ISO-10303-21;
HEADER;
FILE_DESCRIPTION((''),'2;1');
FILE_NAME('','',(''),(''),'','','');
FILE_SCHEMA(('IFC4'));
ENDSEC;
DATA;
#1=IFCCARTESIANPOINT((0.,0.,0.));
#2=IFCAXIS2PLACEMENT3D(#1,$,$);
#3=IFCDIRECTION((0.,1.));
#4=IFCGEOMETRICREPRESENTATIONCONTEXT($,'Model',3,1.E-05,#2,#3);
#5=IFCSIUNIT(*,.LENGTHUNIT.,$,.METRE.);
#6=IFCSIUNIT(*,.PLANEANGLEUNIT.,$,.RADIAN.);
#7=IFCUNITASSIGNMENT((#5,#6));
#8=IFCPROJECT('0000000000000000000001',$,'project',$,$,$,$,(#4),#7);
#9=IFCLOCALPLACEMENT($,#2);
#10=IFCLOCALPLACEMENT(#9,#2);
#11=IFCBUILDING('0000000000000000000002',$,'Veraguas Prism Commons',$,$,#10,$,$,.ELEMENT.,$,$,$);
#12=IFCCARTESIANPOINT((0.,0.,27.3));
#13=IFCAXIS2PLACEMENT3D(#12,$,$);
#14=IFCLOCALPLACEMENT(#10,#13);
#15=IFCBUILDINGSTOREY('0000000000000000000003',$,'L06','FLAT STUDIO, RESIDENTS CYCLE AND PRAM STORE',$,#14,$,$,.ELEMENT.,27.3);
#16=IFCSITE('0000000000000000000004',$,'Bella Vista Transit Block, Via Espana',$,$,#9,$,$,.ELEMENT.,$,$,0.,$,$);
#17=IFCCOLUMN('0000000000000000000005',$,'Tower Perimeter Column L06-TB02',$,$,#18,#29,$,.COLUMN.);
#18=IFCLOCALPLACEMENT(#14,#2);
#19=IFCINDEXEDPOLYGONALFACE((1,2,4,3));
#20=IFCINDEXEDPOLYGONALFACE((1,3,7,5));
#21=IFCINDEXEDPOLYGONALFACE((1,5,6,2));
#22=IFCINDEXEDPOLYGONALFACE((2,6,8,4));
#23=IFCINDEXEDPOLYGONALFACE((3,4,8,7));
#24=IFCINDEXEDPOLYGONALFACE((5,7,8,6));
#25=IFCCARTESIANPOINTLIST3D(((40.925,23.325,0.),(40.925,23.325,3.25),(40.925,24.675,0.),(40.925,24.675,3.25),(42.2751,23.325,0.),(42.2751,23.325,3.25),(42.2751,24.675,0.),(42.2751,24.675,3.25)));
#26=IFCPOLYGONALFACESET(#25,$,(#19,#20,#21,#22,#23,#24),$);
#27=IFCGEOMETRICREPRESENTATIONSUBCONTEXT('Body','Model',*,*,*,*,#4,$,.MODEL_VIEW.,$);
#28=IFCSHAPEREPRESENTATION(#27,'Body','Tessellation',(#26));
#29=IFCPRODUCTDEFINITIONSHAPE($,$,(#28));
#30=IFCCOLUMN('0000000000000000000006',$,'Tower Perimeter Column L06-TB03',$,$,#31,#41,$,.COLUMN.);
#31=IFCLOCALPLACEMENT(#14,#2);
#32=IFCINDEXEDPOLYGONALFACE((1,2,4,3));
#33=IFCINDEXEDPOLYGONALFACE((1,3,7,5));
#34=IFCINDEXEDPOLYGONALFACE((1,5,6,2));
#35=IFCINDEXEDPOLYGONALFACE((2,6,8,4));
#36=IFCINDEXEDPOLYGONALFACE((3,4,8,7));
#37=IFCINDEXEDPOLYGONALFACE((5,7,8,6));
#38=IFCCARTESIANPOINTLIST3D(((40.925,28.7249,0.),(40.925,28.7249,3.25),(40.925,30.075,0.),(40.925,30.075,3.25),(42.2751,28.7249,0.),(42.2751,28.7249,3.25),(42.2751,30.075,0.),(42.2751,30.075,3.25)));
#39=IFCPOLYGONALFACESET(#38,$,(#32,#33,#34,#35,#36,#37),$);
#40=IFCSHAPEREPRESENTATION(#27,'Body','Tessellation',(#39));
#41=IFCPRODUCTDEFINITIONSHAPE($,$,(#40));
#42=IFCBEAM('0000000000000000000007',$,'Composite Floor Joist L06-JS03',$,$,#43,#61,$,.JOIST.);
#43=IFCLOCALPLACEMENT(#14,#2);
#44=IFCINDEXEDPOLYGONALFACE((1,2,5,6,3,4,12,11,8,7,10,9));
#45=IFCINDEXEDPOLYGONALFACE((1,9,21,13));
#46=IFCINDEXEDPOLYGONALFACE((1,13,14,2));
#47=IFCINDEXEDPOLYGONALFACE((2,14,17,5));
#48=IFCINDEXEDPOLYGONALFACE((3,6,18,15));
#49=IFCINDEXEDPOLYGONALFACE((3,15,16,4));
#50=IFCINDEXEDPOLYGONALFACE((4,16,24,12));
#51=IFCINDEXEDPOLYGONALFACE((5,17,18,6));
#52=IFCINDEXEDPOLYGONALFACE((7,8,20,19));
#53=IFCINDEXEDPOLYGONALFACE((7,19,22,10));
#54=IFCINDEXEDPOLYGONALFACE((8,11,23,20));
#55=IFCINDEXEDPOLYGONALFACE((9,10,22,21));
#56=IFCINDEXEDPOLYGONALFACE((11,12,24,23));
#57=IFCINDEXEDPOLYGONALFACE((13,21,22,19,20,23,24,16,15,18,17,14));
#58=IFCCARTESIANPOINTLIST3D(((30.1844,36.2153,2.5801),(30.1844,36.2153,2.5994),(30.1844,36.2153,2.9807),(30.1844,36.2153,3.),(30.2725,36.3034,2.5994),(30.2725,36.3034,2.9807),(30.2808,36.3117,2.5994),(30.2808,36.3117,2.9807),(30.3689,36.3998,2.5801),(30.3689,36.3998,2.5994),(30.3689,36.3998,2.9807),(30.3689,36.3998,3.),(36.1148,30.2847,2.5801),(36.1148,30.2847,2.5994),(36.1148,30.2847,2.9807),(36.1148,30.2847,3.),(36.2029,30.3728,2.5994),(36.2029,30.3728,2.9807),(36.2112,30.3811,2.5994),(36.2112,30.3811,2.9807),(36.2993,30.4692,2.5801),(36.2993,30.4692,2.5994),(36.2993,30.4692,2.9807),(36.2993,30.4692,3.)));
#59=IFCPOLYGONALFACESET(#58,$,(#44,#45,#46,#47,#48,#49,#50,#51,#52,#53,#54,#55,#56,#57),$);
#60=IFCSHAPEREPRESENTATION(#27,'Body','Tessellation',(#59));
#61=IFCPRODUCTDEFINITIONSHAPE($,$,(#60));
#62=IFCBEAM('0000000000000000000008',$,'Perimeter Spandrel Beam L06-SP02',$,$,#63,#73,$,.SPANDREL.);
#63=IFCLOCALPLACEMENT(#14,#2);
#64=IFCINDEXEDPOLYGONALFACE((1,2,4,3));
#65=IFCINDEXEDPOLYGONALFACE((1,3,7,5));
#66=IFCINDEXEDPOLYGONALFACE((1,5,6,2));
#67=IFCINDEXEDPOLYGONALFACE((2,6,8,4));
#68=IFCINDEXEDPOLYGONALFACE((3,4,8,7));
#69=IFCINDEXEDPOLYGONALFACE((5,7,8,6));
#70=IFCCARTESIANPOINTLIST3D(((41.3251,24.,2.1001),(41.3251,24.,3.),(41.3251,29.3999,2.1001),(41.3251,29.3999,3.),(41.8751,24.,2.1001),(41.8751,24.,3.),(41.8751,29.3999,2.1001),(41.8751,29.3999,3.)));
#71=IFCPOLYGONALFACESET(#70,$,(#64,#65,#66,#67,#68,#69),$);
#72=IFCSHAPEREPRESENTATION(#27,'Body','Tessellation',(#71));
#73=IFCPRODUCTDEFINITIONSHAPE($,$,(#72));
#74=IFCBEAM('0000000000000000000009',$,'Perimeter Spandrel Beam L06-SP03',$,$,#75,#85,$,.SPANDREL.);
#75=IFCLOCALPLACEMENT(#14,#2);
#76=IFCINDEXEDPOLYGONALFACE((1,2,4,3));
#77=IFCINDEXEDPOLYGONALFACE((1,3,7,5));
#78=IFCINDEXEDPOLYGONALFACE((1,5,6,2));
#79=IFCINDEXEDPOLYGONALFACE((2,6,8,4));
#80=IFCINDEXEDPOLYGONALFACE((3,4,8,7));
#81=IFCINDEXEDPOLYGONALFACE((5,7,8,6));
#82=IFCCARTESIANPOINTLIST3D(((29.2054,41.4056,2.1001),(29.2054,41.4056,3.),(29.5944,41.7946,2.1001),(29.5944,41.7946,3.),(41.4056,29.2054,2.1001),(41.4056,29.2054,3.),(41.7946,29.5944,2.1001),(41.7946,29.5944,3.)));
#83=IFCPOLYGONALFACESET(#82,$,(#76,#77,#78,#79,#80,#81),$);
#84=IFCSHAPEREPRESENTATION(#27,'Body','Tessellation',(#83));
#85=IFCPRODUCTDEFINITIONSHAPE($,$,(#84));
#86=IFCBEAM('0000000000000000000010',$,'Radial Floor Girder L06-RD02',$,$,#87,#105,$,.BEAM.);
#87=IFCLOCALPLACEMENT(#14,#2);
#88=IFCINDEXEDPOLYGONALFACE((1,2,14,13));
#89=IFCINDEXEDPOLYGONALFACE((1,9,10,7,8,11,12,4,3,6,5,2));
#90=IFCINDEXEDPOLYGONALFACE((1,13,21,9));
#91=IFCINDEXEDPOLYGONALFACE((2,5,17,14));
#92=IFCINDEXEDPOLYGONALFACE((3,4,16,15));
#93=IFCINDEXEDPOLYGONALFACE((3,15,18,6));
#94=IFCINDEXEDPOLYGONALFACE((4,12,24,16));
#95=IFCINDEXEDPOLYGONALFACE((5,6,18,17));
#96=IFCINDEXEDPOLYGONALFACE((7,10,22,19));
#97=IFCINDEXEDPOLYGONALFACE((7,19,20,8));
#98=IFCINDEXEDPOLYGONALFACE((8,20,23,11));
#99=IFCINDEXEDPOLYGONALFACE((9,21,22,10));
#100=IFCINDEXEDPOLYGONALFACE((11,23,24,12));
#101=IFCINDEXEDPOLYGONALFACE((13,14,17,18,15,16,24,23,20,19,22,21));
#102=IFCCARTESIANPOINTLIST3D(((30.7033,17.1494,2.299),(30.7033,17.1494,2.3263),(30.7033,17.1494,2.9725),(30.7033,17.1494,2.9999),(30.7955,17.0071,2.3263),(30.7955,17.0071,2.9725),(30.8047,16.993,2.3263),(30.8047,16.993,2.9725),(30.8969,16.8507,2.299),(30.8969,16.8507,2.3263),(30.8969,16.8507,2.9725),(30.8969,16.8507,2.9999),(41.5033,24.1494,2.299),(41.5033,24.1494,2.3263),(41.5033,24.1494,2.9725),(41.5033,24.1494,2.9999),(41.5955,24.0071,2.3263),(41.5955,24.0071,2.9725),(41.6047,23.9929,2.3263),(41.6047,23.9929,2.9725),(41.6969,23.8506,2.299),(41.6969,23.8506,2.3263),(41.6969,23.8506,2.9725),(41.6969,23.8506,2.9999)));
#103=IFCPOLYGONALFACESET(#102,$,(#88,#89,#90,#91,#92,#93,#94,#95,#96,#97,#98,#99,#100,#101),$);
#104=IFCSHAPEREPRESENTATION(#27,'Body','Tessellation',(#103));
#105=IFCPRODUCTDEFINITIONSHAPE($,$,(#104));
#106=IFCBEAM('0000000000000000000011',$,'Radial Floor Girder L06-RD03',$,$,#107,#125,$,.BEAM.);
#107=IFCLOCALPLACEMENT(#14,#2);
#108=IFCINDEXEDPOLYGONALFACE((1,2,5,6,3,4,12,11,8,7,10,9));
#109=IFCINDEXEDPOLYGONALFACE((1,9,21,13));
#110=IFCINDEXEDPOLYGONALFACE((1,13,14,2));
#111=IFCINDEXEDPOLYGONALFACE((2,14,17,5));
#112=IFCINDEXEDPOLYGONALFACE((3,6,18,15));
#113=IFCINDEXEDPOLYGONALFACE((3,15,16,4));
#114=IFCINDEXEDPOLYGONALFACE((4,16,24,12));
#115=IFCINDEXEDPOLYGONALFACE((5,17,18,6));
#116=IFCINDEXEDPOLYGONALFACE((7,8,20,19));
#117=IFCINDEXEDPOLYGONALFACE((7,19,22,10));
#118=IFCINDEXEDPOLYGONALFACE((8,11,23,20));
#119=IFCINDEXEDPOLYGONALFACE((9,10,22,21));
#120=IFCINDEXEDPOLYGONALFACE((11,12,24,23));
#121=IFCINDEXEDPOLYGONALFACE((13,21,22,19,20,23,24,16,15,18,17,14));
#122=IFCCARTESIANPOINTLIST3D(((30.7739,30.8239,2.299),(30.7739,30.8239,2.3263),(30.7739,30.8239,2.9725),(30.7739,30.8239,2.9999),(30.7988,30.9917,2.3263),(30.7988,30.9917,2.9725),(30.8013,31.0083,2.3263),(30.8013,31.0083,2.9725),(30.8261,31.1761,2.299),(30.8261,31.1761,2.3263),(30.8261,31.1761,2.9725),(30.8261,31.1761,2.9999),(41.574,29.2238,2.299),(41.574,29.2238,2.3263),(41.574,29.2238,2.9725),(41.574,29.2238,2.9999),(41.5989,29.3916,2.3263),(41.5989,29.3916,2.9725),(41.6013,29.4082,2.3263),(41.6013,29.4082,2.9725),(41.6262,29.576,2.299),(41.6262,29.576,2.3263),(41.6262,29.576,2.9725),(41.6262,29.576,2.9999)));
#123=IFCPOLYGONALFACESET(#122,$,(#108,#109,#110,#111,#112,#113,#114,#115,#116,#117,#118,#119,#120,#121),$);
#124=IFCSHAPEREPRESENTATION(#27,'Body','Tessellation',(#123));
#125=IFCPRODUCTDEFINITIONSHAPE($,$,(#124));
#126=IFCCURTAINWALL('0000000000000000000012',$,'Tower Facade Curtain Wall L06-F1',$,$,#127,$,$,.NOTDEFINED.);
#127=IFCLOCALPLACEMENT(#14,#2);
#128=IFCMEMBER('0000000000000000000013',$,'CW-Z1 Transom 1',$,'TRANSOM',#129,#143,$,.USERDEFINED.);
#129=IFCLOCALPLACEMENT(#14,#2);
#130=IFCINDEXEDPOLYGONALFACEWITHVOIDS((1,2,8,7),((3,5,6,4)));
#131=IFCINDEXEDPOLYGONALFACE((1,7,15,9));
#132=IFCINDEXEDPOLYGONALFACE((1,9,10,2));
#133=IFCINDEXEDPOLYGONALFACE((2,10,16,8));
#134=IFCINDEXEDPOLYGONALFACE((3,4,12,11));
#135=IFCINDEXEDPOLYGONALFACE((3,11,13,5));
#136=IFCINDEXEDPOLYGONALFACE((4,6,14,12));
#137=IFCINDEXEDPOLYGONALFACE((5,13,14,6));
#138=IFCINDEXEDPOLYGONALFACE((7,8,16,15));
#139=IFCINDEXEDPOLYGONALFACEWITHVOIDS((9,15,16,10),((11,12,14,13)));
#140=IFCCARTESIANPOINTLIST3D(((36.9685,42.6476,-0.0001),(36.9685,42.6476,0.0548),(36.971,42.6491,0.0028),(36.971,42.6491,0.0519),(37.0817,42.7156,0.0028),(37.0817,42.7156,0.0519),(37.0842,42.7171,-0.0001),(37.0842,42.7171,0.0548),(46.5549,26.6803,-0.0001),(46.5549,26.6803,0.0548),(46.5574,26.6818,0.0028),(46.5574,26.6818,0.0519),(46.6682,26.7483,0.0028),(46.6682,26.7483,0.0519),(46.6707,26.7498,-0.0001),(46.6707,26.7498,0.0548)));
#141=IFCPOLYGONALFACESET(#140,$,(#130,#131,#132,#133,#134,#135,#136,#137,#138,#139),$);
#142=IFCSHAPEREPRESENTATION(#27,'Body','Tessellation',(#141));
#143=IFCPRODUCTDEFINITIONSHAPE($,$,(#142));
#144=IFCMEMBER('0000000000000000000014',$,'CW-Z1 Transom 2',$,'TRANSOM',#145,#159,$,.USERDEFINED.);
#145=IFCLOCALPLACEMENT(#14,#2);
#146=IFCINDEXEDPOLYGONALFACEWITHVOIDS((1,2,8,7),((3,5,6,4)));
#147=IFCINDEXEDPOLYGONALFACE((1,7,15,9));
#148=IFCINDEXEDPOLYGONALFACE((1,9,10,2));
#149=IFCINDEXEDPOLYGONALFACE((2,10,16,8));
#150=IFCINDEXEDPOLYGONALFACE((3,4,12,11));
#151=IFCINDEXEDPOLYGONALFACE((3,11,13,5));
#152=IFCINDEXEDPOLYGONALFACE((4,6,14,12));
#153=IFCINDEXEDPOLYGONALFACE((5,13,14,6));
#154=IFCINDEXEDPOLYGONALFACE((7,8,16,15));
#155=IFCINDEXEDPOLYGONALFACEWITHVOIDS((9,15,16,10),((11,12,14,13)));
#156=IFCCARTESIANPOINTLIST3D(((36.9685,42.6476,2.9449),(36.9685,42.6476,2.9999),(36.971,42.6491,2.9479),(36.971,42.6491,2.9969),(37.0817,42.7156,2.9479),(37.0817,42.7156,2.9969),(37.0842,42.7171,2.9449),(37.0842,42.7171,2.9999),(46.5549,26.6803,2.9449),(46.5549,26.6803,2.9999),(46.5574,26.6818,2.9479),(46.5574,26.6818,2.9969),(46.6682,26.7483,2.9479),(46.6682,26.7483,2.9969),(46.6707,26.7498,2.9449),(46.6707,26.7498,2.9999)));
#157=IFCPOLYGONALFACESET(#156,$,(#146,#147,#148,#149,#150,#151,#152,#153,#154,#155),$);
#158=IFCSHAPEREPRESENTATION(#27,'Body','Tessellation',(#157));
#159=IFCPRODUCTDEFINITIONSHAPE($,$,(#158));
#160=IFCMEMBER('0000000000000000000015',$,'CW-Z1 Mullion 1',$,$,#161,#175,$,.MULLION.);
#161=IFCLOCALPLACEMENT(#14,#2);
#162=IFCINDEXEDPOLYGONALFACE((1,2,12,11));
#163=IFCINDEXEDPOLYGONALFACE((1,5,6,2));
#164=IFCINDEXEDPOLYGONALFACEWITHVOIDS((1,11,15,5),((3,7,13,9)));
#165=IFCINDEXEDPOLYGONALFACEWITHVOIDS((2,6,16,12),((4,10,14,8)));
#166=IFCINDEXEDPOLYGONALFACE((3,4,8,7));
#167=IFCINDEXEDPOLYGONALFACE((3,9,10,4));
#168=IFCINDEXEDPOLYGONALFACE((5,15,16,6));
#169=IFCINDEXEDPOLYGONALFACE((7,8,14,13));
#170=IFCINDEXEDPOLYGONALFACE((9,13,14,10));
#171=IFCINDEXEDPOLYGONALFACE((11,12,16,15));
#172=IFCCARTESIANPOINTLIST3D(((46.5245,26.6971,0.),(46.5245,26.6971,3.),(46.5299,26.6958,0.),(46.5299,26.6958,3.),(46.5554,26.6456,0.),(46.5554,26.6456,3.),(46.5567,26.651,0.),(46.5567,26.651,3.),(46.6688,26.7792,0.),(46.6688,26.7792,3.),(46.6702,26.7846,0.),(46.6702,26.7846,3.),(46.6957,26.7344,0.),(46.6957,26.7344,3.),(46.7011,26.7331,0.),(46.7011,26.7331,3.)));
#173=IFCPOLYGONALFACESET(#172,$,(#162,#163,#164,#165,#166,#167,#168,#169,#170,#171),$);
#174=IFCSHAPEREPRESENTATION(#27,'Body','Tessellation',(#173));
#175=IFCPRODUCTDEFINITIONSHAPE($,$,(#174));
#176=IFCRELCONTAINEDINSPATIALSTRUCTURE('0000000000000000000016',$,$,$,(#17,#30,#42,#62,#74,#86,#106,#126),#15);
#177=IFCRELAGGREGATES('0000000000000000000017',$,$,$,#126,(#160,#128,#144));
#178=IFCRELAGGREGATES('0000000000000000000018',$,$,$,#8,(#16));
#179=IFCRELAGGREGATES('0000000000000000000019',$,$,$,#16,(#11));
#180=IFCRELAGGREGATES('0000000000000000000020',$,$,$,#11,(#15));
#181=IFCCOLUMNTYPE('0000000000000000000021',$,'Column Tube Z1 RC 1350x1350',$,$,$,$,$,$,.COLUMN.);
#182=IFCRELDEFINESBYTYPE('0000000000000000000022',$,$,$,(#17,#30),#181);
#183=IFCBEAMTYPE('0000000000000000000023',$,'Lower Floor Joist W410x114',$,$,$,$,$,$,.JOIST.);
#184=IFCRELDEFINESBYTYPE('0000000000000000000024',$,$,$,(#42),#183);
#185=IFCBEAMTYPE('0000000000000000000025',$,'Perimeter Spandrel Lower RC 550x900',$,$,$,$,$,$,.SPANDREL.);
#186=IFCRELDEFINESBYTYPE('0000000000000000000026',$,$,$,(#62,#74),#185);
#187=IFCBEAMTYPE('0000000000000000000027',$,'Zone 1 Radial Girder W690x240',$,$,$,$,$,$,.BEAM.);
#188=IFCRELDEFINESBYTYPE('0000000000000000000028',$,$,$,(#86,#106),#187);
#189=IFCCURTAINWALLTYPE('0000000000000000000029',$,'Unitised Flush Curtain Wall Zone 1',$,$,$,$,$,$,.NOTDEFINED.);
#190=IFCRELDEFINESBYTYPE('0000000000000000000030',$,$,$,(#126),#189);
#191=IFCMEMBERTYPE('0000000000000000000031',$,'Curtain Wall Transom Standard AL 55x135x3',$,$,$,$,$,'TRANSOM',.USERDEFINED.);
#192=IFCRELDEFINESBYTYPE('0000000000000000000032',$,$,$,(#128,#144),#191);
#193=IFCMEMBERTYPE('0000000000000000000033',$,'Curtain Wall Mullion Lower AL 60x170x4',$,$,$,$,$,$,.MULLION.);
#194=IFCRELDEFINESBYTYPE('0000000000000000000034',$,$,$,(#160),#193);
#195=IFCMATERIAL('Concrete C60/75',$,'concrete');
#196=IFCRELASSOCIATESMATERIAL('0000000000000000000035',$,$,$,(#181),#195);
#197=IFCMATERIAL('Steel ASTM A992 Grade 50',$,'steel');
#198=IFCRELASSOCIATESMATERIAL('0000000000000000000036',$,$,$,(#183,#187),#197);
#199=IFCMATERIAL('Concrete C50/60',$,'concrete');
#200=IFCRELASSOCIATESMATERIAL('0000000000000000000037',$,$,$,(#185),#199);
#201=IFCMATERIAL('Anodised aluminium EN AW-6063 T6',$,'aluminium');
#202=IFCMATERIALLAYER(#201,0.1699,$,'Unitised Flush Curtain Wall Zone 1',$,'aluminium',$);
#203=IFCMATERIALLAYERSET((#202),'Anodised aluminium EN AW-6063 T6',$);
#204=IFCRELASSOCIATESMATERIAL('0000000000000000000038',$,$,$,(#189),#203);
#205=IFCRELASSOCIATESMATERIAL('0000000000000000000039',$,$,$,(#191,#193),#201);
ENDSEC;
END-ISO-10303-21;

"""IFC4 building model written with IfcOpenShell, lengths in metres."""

from ifc_helpers import new_model, si_unit, direction, frame, origin, origin_2d, place, context, subcontext, project, spatial, rectangle, hollow_rectangle, i_section, extrude, source, transform, mapped, material, layer, layer_set, material_profile, profile_set, type_object, element, aggregate, save


model = new_model("IFC4")

# Units and contexts
model_context = context("Model", 3, precision=1e-05, world=origin(), true_north=direction((0.0, 1.0)))
body_context = subcontext(model_context, "Body", "Model", "MODEL_VIEW")
ifc_project = project(units=[si_unit("LENGTHUNIT", "METRE"), si_unit("PLANEANGLEUNIT", "RADIAN")], contexts=[model_context])

# Site, building, storey
site_placement = place(None, origin())
site = spatial("IfcSite", under=ifc_project, at=site_placement, Name="Bella Vista Transit Block, Via Espana", CompositionType="ELEMENT", RefElevation=0.0)
building_placement = place(site_placement, origin())
building = spatial("IfcBuilding", under=site, at=building_placement, Name="Veraguas Prism Commons", CompositionType="ELEMENT")
storey_placement = place(building_placement, frame((0.0, 0.0, 27.3)))
storey = spatial("IfcBuildingStorey", under=building, at=storey_placement, Name="L06", Description="FLAT STUDIO, RESIDENTS CYCLE AND PRAM STORE", CompositionType="ELEMENT", Elevation=27.3)

# Columns
ifc_material_1 = material(Name="Concrete C60/75", Category="concrete")
ifc_material_profile_1 = material_profile(ifc_material_1, rectangle(XDim=1.3501, YDim=1.3501, at=origin_2d()), Name="RC1350X1350")
ifc_profile_set_1 = profile_set([ifc_material_profile_1], Name="Concrete C60/75")
column_type = type_object("IfcColumnType", Name="Column Tube Z1 RC 1350x1350", PredefinedType="COLUMN", material=ifc_profile_set_1)
for number, where, z_axis, x_axis, name in (
    (1, (41.6001, 24.0, 0.0), (0.0, 0.0, 1.0), (1.0, 0.0, 0.0), "Tower Perimeter Column L06-TB02"),
    (2, (41.6001, 29.3999, 0.0), (0.0, 0.0, 1.0), (1.0, 0.0, 0.0), "Tower Perimeter Column L06-TB03"),
):
    element("IfcColumn", number, at=place(storey_placement, frame(where, z_axis=z_axis, x_axis=x_axis)), inside=storey, type_object=column_type, Name=name, PredefinedType="COLUMN", context=body_context, shape_type="SweptSolid", body=[
        extrude(rectangle(XDim=1.3501, YDim=1.3501, at=origin_2d()), origin(), (0.0, 0.0, 1.0), 3.25),
    ])

# Beams
ifc_material_2 = material(Name="Steel ASTM A992 Grade 50", Category="steel")
ifc_material_profile_2 = material_profile(ifc_material_2, i_section(OverallWidth=0.261, OverallDepth=0.4199, WebThickness=0.0117, FlangeThickness=0.0193, at=origin_2d()), Name="W410X114")
ifc_profile_set_2 = profile_set([ifc_material_profile_2], Name="Steel ASTM A992 Grade 50")
beam_type_1 = type_object("IfcBeamType", Name="Lower Floor Joist W410x114", PredefinedType="JOIST", material=ifc_profile_set_2)
beam_1_placement = place(storey_placement, frame((36.207, 30.377, 2.79), z_axis=(-0.707092, 0.707121, 0.0), x_axis=(-0.707121, -0.707092, 0.0)))
element("IfcBeam", 3, at=beam_1_placement, inside=storey, type_object=beam_type_1, Name="Composite Floor Joist L06-JS03", PredefinedType="JOIST", context=body_context, shape_type="SweptSolid", body=[
    extrude(i_section(OverallWidth=0.261, OverallDepth=0.4199, WebThickness=0.0117, FlangeThickness=0.0193, at=origin_2d()), origin(), (0.0, 0.0, 1.0), 8.387),
])
ifc_material_3 = material(Name="Concrete C50/60", Category="concrete")
ifc_material_profile_3 = material_profile(ifc_material_3, rectangle(XDim=0.55, YDim=0.8999, at=origin_2d()), Name="RC550X900")
ifc_profile_set_3 = profile_set([ifc_material_profile_3], Name="Concrete C50/60")
beam_type_2 = type_object("IfcBeamType", Name="Perimeter Spandrel Lower RC 550x900", PredefinedType="SPANDREL", material=ifc_profile_set_3)
beam_2_placement = place(storey_placement, frame((41.6001, 24.0, 2.55), z_axis=(0.0, 1.0, 0.0), x_axis=(-1.0, 0.0, 0.0)))
element("IfcBeam", 4, at=beam_2_placement, inside=storey, type_object=beam_type_2, Name="Perimeter Spandrel Beam L06-SP02", PredefinedType="SPANDREL", context=body_context, shape_type="SweptSolid", body=[
    extrude(rectangle(XDim=0.55, YDim=0.8999, at=origin_2d()), origin(), (0.0, 0.0, 1.0), 5.3999),
])
beam_3_placement = place(storey_placement, frame((41.6001, 29.3999, 2.55), z_axis=(-0.707107, 0.707107, 0.0), x_axis=(-0.707107, -0.707107, 0.0)))
element("IfcBeam", 5, at=beam_3_placement, inside=storey, type_object=beam_type_2, Name="Perimeter Spandrel Beam L06-SP03", PredefinedType="SPANDREL", context=body_context, shape_type="SweptSolid", body=[
    extrude(rectangle(XDim=0.55, YDim=0.8999, at=origin_2d()), origin(), (0.0, 0.0, 1.0), 17.2537),
])
ifc_material_profile_4 = material_profile(ifc_material_2, i_section(OverallWidth=0.356, OverallDepth=0.7009, WebThickness=0.0168, FlangeThickness=0.0273, at=origin_2d()), Name="W690X240")
ifc_profile_set_4 = profile_set([ifc_material_profile_4], Name="Steel ASTM A992 Grade 50")
beam_type_3 = type_object("IfcBeamType", Name="Zone 1 Radial Girder W690x240", PredefinedType="BEAM", material=ifc_profile_set_4)
beam_4_placement = place(storey_placement, frame((41.6001, 24.0, 2.6494), z_axis=(-0.839154, -0.543894, 0.0), x_axis=(0.543894, -0.839154, 0.0)))
element("IfcBeam", 6, at=beam_4_placement, inside=storey, type_object=beam_type_3, Name="Radial Floor Girder L06-RD02", PredefinedType="BEAM", context=body_context, shape_type="SweptSolid", body=[
    extrude(i_section(OverallWidth=0.356, OverallDepth=0.7009, WebThickness=0.0168, FlangeThickness=0.0273, at=origin_2d()), origin(), (0.0, 0.0, 1.0), 12.8701),
])
beam_5_placement = place(storey_placement, frame((41.6001, 29.3999, 2.6494), z_axis=(-0.989202, 0.146557, 0.0), x_axis=(-0.146557, -0.989202, 0.0)))
element("IfcBeam", 7, at=beam_5_placement, inside=storey, type_object=beam_type_3, Name="Radial Floor Girder L06-RD03", PredefinedType="BEAM", context=body_context, shape_type="SweptSolid", body=[
    extrude(i_section(OverallWidth=0.356, OverallDepth=0.7009, WebThickness=0.0168, FlangeThickness=0.0273, at=origin_2d()), origin(), (0.0, 0.0, 1.0), 10.918),
])

# Curtain wall, members
ifc_material_4 = material(Name="Anodised aluminium EN AW-6063 T6", Category="aluminium")
ifc_layer_1 = layer(ifc_material_4, 0.1699, Name="Unitised Flush Curtain Wall Zone 1", Category="aluminium")
ifc_layer_set_1 = layer_set([ifc_layer_1], Name="Anodised aluminium EN AW-6063 T6")
curtain_wall_type = type_object("IfcCurtainWallType", Name="Unitised Flush Curtain Wall Zone 1", PredefinedType="NOTDEFINED", material=ifc_layer_set_1)
curtain_wall_placement = place(storey_placement, origin())
curtain_wall = element("IfcCurtainWall", 8, at=curtain_wall_placement, inside=storey, type_object=curtain_wall_type, Name="Tower Facade Curtain Wall L06-F1", PredefinedType="NOTDEFINED")
ifc_material_profile_5 = material_profile(ifc_material_4, hollow_rectangle(XDim=0.0549, YDim=0.135, WallThickness=0.0029, at=origin_2d()), Name="AL55X135X3")
ifc_profile_set_5 = profile_set([ifc_material_profile_5], Name="Anodised aluminium EN AW-6063 T6")
member_type_1 = type_object("IfcMemberType", Name="Curtain Wall Transom Standard AL 55x135x3", ElementType="TRANSOM", PredefinedType="USERDEFINED", material=ifc_profile_set_5)
shared_shape_1 = source(origin(), body_context, "Body", "SweptSolid", [
    extrude(hollow_rectangle(XDim=0.0549, YDim=0.135, WallThickness=0.0029, at=origin_2d()), origin(), (0.0, 0.0, 1.0), 18.624),
])
member_1_placement = place(storey_placement, frame((46.6128, 26.7151, 0.0273), z_axis=(-0.514735, 0.857349, 0.0), x_axis=(0.0, 0.0, 1.0)))
member_1 = element("IfcMember", 9, at=member_1_placement, type_object=member_type_1, Name="CW-Z1 Transom 1", ObjectType="TRANSOM", PredefinedType="USERDEFINED", context=body_context, shape_type="MappedRepresentation", body=[
    mapped(shared_shape_1, transform((0.0, 0.0, 0.0), scale=1.0)),
])
member_2_placement = place(storey_placement, frame((46.6128, 26.7151, 2.9724), z_axis=(-0.514735, 0.857349, 0.0), x_axis=(0.0, 0.0, 1.0)))
member_2 = element("IfcMember", 10, at=member_2_placement, type_object=member_type_1, Name="CW-Z1 Transom 2", ObjectType="TRANSOM", PredefinedType="USERDEFINED", context=body_context, shape_type="MappedRepresentation", body=[
    mapped(shared_shape_1, transform((0.0, 0.0, 0.0), scale=1.0)),
])
ifc_material_profile_6 = material_profile(ifc_material_4, hollow_rectangle(XDim=0.0601, YDim=0.1699, WallThickness=0.0039, at=origin_2d()), Name="AL60X170X4")
ifc_profile_set_6 = profile_set([ifc_material_profile_6], Name="Anodised aluminium EN AW-6063 T6")
member_type_2 = type_object("IfcMemberType", Name="Curtain Wall Mullion Lower AL 60x170x4", PredefinedType="MULLION", material=ifc_profile_set_6)
shared_shape_2 = source(origin(), body_context, "Body", "SweptSolid", [
    extrude(hollow_rectangle(XDim=0.0601, YDim=0.1699, WallThickness=0.0039, at=origin_2d()), origin(), (0.0, 0.0, 1.0), 3.0),
])
member_3_placement = place(storey_placement, frame((46.6128, 26.7151, 0.0), z_axis=(0.0, 0.0, 1.0), x_axis=(-0.514734, 0.85735, 0.0)))
member_3 = element("IfcMember", 11, at=member_3_placement, type_object=member_type_2, Name="CW-Z1 Mullion 1", PredefinedType="MULLION", context=body_context, shape_type="MappedRepresentation", body=[
    mapped(shared_shape_2, transform((0.0, 0.0, 0.0), scale=1.0)),
])
aggregate(curtain_wall, [member_3, member_1, member_2])

save(model, "model.ifc")
